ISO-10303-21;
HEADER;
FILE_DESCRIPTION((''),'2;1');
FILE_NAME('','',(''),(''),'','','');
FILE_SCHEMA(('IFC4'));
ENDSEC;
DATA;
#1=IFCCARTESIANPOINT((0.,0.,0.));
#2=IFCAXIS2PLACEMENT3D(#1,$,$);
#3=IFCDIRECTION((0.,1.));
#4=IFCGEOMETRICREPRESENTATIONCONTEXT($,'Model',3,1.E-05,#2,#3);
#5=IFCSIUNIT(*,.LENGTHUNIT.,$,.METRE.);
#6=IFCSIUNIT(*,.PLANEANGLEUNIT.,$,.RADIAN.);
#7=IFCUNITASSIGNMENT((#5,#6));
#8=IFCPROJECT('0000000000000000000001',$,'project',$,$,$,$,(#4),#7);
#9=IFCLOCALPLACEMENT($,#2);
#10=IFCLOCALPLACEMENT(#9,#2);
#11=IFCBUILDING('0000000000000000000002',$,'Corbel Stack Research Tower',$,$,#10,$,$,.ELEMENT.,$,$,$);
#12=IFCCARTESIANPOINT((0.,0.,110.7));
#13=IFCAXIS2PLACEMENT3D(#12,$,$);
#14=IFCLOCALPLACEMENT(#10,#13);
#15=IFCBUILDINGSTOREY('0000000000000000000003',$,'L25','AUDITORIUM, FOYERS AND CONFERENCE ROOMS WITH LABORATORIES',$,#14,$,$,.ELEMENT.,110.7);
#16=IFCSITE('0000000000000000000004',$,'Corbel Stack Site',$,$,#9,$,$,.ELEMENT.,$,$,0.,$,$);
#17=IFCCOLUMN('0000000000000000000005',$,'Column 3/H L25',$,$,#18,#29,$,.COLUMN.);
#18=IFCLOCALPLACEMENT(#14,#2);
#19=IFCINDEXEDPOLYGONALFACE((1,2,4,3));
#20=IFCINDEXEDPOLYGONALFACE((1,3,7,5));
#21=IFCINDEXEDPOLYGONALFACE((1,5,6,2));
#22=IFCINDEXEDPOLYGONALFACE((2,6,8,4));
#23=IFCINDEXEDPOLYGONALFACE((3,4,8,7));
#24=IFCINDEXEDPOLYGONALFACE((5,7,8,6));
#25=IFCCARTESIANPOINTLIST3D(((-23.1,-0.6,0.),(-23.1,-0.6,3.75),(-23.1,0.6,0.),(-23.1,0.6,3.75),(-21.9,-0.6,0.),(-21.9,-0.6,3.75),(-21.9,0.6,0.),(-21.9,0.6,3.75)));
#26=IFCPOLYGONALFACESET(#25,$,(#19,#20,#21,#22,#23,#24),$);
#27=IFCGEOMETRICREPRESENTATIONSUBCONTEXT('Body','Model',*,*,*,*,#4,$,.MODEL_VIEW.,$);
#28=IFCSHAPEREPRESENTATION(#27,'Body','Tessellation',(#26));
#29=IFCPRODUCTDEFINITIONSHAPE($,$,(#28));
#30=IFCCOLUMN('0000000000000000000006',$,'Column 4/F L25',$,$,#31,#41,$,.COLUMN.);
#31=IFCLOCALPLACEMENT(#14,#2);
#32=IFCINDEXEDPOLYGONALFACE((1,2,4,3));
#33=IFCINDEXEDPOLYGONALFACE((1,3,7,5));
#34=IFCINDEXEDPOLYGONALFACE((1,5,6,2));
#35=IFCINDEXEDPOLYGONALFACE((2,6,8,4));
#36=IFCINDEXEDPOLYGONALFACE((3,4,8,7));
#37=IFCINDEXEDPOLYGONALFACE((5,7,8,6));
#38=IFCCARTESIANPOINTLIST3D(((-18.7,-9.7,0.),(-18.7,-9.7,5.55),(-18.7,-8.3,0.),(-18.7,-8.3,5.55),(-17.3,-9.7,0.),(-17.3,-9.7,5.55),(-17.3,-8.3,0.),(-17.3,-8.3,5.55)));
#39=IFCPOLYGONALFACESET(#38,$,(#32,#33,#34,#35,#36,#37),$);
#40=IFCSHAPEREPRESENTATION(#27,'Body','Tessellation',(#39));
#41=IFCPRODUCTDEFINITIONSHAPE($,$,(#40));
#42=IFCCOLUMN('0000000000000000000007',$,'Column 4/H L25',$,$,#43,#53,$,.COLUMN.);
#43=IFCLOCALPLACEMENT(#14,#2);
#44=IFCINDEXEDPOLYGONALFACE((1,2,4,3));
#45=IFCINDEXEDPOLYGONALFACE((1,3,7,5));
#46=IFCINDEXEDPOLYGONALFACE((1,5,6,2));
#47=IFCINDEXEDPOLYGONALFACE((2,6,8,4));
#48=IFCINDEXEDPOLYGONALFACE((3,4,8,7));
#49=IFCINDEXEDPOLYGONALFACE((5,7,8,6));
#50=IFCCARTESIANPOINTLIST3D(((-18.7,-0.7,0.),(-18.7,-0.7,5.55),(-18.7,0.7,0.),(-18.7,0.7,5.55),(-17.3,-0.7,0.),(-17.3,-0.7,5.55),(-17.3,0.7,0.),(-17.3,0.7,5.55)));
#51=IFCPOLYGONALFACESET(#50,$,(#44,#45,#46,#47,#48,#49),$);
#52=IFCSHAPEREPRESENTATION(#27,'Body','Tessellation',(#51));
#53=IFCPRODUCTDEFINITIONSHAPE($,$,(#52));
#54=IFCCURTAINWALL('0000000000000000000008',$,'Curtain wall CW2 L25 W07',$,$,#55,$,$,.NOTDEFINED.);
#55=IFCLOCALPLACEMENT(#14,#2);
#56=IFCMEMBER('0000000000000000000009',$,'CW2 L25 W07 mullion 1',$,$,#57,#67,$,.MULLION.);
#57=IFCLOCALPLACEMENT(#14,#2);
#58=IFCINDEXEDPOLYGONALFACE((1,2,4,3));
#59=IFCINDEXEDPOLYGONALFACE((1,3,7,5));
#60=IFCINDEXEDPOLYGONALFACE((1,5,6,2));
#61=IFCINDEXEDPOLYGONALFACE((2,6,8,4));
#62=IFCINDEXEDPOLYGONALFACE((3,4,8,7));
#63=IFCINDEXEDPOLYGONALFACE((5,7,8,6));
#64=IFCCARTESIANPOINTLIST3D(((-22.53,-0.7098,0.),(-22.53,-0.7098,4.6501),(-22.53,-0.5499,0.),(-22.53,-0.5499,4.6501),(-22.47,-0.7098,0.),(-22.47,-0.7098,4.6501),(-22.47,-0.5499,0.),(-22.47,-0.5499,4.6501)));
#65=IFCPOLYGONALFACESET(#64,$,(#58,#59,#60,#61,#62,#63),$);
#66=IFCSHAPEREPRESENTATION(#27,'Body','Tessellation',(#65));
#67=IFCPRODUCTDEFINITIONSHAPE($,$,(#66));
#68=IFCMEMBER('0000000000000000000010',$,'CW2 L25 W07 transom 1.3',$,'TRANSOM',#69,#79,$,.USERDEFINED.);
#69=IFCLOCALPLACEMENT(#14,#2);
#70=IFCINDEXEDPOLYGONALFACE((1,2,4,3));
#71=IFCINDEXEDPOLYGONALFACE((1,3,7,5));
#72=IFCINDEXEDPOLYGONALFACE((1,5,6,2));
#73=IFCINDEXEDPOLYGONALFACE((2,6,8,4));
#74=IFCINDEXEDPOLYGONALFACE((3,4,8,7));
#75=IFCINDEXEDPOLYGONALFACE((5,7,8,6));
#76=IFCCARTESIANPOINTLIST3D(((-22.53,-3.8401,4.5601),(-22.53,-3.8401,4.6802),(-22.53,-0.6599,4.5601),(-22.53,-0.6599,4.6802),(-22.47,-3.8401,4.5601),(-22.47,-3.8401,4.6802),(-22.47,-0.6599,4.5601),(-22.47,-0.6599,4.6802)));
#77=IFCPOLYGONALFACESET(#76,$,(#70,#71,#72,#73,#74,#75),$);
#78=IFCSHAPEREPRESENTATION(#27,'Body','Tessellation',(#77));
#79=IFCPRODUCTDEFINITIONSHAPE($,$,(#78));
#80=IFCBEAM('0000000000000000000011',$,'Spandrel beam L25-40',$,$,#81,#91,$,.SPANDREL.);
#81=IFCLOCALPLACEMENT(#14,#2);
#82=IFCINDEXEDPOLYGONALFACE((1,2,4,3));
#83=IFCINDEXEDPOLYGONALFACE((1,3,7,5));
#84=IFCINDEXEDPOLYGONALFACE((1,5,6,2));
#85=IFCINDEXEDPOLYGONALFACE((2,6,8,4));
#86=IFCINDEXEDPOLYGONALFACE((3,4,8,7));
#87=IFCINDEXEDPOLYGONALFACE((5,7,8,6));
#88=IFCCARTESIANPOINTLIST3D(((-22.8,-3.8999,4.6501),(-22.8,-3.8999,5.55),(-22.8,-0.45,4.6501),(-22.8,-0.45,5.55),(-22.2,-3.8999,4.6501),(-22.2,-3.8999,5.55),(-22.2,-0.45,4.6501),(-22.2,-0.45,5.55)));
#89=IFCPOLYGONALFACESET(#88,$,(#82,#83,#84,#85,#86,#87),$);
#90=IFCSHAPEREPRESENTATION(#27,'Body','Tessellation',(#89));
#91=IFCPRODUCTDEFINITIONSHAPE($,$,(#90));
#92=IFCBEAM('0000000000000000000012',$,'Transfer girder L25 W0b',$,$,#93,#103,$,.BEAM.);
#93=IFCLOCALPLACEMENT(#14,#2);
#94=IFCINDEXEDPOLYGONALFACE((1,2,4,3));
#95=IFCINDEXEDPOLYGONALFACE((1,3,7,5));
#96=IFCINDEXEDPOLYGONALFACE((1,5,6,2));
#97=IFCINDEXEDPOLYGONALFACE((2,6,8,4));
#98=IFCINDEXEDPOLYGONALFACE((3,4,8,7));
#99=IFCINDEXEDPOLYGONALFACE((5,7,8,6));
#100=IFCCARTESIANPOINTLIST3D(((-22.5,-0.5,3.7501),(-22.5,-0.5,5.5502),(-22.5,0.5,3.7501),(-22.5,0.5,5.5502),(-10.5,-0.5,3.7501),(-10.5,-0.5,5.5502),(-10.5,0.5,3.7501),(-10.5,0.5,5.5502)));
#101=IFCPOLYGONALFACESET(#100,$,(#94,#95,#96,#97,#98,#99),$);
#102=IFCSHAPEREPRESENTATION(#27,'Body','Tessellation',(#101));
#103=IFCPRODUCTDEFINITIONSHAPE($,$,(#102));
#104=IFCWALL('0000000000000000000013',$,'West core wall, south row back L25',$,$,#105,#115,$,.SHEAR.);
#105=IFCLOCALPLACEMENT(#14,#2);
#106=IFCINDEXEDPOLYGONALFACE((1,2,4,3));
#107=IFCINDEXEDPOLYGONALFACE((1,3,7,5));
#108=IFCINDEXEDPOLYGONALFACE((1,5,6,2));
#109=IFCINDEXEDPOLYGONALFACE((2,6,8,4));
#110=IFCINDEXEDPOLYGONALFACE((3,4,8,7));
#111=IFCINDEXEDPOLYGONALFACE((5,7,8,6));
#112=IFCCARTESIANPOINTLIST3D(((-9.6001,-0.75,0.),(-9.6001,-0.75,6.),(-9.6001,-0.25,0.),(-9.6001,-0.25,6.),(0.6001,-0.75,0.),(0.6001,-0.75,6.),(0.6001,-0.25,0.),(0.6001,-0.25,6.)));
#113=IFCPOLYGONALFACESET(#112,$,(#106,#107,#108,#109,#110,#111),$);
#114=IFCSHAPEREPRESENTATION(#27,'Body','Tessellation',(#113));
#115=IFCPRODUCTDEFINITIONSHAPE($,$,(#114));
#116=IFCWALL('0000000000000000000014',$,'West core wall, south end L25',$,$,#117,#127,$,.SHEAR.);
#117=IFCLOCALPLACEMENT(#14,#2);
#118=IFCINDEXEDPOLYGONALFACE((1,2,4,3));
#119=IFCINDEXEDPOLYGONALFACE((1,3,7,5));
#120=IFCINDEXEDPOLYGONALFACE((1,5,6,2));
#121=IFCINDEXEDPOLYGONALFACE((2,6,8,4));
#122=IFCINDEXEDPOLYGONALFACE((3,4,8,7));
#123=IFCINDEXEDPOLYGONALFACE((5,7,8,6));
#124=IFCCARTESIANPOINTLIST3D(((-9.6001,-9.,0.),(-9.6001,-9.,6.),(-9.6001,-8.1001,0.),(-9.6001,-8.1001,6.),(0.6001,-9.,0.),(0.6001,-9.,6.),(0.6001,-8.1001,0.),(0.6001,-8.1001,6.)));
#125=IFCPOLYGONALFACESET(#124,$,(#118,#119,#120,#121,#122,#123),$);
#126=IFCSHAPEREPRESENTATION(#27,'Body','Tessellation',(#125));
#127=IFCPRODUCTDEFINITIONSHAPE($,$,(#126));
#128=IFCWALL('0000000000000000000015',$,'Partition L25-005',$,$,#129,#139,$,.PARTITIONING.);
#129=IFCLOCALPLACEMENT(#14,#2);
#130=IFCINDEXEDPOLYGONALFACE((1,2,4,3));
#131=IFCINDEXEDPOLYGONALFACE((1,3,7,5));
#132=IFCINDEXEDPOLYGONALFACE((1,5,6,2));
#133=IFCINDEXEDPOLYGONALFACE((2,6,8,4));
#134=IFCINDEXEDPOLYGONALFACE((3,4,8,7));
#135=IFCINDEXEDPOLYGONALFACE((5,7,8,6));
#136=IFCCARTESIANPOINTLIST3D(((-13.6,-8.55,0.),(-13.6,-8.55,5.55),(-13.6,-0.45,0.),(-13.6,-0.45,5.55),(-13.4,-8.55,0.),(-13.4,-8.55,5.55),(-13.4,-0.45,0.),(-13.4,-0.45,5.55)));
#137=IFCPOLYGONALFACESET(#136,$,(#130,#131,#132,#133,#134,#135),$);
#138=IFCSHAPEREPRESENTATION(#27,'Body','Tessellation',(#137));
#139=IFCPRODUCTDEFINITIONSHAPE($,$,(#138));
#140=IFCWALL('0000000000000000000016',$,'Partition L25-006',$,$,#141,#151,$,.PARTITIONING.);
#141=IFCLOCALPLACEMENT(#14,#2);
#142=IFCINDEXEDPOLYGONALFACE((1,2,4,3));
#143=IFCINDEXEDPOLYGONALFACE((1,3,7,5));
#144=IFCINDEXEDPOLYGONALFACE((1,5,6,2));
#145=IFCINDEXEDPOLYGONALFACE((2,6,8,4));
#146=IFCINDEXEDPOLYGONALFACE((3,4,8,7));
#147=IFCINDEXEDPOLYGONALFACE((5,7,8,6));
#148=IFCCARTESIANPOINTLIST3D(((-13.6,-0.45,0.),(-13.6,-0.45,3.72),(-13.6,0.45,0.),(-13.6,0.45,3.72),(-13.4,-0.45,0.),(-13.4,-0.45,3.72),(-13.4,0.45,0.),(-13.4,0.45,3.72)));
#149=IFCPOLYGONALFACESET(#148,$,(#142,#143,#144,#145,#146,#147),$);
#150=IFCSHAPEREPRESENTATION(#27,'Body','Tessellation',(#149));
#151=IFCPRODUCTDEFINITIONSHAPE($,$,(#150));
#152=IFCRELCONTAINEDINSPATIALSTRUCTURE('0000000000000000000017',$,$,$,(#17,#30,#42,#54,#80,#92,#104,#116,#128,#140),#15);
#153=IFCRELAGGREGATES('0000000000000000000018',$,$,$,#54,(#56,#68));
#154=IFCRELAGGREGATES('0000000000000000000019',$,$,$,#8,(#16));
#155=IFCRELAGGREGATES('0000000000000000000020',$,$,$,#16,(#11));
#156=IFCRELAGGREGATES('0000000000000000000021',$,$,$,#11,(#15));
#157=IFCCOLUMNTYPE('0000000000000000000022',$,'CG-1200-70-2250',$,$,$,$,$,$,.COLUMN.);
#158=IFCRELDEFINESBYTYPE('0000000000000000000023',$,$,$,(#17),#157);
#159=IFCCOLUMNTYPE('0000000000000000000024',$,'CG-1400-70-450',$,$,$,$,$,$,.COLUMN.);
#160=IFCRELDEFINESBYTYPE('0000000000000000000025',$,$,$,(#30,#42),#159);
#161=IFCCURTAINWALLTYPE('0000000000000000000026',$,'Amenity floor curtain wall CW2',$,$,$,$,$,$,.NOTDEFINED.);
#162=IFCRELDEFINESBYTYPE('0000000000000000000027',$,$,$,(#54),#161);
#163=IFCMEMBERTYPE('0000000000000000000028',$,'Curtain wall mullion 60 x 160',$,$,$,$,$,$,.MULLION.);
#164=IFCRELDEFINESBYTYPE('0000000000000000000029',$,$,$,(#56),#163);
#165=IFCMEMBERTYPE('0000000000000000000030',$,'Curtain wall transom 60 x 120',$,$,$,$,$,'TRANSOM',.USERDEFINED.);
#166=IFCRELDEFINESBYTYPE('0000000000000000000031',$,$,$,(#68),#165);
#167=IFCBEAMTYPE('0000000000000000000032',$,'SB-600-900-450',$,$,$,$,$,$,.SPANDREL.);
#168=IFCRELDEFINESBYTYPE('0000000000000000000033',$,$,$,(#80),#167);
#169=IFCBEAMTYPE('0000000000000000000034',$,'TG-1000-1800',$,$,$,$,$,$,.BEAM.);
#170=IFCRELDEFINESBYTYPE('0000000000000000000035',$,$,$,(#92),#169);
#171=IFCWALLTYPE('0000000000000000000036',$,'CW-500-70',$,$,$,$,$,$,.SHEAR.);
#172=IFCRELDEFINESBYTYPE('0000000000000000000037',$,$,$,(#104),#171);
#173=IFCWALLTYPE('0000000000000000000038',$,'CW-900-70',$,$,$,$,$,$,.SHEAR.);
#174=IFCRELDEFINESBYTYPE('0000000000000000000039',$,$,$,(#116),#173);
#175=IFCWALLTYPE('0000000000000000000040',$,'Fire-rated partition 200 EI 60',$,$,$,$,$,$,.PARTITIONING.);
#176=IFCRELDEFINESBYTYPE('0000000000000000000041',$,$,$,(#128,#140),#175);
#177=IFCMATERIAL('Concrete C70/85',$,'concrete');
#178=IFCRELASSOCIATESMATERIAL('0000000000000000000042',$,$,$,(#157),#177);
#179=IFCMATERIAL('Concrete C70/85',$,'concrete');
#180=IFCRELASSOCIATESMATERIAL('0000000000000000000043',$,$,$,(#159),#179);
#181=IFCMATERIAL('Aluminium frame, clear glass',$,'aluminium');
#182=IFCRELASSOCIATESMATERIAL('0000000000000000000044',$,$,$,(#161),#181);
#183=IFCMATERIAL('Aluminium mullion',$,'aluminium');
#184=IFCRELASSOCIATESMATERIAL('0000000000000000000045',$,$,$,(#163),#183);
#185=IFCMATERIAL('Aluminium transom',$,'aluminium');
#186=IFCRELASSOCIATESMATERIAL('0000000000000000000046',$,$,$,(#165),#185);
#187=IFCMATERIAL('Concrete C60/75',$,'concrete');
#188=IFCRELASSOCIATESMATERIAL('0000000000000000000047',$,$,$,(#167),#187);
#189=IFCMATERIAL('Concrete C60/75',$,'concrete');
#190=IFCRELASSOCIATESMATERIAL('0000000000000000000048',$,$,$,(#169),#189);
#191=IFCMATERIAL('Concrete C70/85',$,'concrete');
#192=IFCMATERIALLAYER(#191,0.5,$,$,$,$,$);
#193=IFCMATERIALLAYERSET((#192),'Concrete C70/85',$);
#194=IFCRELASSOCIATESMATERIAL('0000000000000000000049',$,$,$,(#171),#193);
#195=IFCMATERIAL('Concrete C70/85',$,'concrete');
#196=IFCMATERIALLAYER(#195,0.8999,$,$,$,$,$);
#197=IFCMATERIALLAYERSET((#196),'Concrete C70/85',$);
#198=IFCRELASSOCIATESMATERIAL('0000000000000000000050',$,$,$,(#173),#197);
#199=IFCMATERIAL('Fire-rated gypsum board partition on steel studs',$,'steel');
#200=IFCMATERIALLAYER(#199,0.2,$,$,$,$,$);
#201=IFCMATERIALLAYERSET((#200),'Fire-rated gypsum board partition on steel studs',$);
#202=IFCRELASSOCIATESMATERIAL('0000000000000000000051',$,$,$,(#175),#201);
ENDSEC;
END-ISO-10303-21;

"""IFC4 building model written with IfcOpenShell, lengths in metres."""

from ifc_helpers import new_model, si_unit, direction, frame, frame_2d, origin, origin_2d, place, context, subcontext, project, spatial, rectangle, extrude, material, layer, layer_set, material_profile, profile_set, type_object, element, aggregate, save


model = new_model("IFC4")

# Units and contexts
model_context = context("Model", 3, precision=1e-05, world=origin(), true_north=direction((0.0, 1.0)))
body_context = subcontext(model_context, "Body", "Model", "MODEL_VIEW")
ifc_project = project(units=[si_unit("LENGTHUNIT", "METRE"), si_unit("PLANEANGLEUNIT", "RADIAN")], contexts=[model_context])

# Site, building, storey
site_placement = place(None, origin())
site = spatial("IfcSite", under=ifc_project, at=site_placement, Name="Corbel Stack Site", CompositionType="ELEMENT", RefElevation=0.0)
building_placement = place(site_placement, origin())
building = spatial("IfcBuilding", under=site, at=building_placement, Name="Corbel Stack Research Tower", CompositionType="ELEMENT")
storey_placement = place(building_placement, frame((0.0, 0.0, 110.7)))
storey = spatial("IfcBuildingStorey", under=building, at=storey_placement, Name="L25", Description="AUDITORIUM, FOYERS AND CONFERENCE ROOMS WITH LABORATORIES", CompositionType="ELEMENT", Elevation=110.7)

# Columns
ifc_material_1 = material(Name="Concrete C70/85", Category="concrete")
ifc_material_profile_1 = material_profile(ifc_material_1, rectangle(XDim=1.2, YDim=1.2, at=origin_2d()), Name="RC 1200 x 1200")
ifc_profile_set_1 = profile_set([ifc_material_profile_1], Name="Concrete C70/85")
column_type_1 = type_object("IfcColumnType", Name="CG-1200-70-2250", PredefinedType="COLUMN", material=ifc_profile_set_1)
column_placement = place(storey_placement, frame((-22.5, 0.0, 0.0), z_axis=(0.0, 0.0, 1.0), x_axis=(1.0, 0.0, 0.0)))
element("IfcColumn", 1, at=column_placement, inside=storey, type_object=column_type_1, Name="Column 3/H L25", PredefinedType="COLUMN", context=body_context, shape_type="SweptSolid", body=[
    extrude(rectangle(XDim=1.2, YDim=1.2, at=origin_2d()), origin(), (0.0, 0.0, 1.0), 3.75),
])
ifc_material_2 = material(Name="Concrete C70/85", Category="concrete")
ifc_material_profile_2 = material_profile(ifc_material_2, rectangle(XDim=1.3999, YDim=1.3999, at=origin_2d()), Name="RC 1400 x 1400")
ifc_profile_set_2 = profile_set([ifc_material_profile_2], Name="Concrete C70/85")
column_type_2 = type_object("IfcColumnType", Name="CG-1400-70-450", PredefinedType="COLUMN", material=ifc_profile_set_2)
for number, where, z_axis, x_axis, name in (
    (2, (-18.0, -9.0, 0.0), (0.0, 0.0, 1.0), (1.0, 0.0, 0.0), "Column 4/F L25"),
    (3, (-18.0, 0.0, 0.0), (0.0, 0.0, 1.0), (1.0, 0.0, 0.0), "Column 4/H L25"),
):
    element("IfcColumn", number, at=place(storey_placement, frame(where, z_axis=z_axis, x_axis=x_axis)), inside=storey, type_object=column_type_2, Name=name, PredefinedType="COLUMN", context=body_context, shape_type="SweptSolid", body=[
        extrude(rectangle(XDim=1.3999, YDim=1.3999, at=origin_2d()), origin(), (0.0, 0.0, 1.0), 5.55),
    ])

# Curtain wall, members
ifc_material_3 = material(Name="Aluminium frame, clear glass", Category="aluminium")
curtain_wall_type = type_object("IfcCurtainWallType", Name="Amenity floor curtain wall CW2", PredefinedType="NOTDEFINED", material=ifc_material_3)
curtain_wall_placement = place(storey_placement, origin())
curtain_wall = element("IfcCurtainWall", 4, at=curtain_wall_placement, inside=storey, type_object=curtain_wall_type, Name="Curtain wall CW2 L25 W07", PredefinedType="NOTDEFINED")
ifc_material_4 = material(Name="Aluminium mullion", Category="aluminium")
ifc_material_profile_3 = material_profile(ifc_material_4, rectangle(XDim=0.0601, YDim=0.1599, at=origin_2d()), Name="Mullion 60 x 160")
ifc_profile_set_3 = profile_set([ifc_material_profile_3], Name="Aluminium mullion")
member_type_1 = type_object("IfcMemberType", Name="Curtain wall mullion 60 x 160", PredefinedType="MULLION", material=ifc_profile_set_3)
member_1_placement = place(storey_placement, frame((-22.5, -0.6299, 0.0), z_axis=(0.0, 0.0, 1.0), x_axis=(1.0, 0.0, 0.0)))
member_1 = element("IfcMember", 5, at=member_1_placement, type_object=member_type_1, Name="CW2 L25 W07 mullion 1", PredefinedType="MULLION", context=body_context, shape_type="SweptSolid", body=[
    extrude(rectangle(XDim=0.0601, YDim=0.1599, at=origin_2d()), origin(), (0.0, 0.0, 1.0), 4.6501),
])
ifc_material_5 = material(Name="Aluminium transom", Category="aluminium")
ifc_material_profile_4 = material_profile(ifc_material_5, rectangle(XDim=0.0601, YDim=0.1201, at=origin_2d()), Name="Transom 60 x 120")
ifc_profile_set_4 = profile_set([ifc_material_profile_4], Name="Aluminium transom")
member_type_2 = type_object("IfcMemberType", Name="Curtain wall transom 60 x 120", ElementType="TRANSOM", PredefinedType="USERDEFINED", material=ifc_profile_set_4)
member_2_placement = place(storey_placement, frame((-22.5, -0.6599, 4.6201), z_axis=(0.0, -1.0, 0.0), x_axis=(1.0, 0.0, 0.0)))
member_2 = element("IfcMember", 6, at=member_2_placement, type_object=member_type_2, Name="CW2 L25 W07 transom 1.3", ObjectType="TRANSOM", PredefinedType="USERDEFINED", context=body_context, shape_type="SweptSolid", body=[
    extrude(rectangle(XDim=0.0601, YDim=0.1201, at=origin_2d()), origin(), (0.0, 0.0, 1.0), 3.1802),
])
aggregate(curtain_wall, [member_1, member_2])

# Beams
ifc_material_6 = material(Name="Concrete C60/75", Category="concrete")
ifc_material_profile_5 = material_profile(ifc_material_6, rectangle(XDim=0.6001, YDim=0.8999, at=origin_2d()), Name="RC 600 x 900")
ifc_profile_set_5 = profile_set([ifc_material_profile_5], Name="Concrete C60/75")
beam_type_1 = type_object("IfcBeamType", Name="SB-600-900-450", PredefinedType="SPANDREL", material=ifc_profile_set_5)
beam_1_placement = place(storey_placement, frame((-22.5, -0.45, 5.1001), z_axis=(0.0, -1.0, 0.0), x_axis=(1.0, 0.0, 0.0)))
element("IfcBeam", 7, at=beam_1_placement, inside=storey, type_object=beam_type_1, Name="Spandrel beam L25-40", PredefinedType="SPANDREL", context=body_context, shape_type="SweptSolid", body=[
    extrude(rectangle(XDim=0.6001, YDim=0.8999, at=origin_2d()), origin(), (0.0, 0.0, 1.0), 3.45),
])
ifc_material_7 = material(Name="Concrete C60/75", Category="concrete")
ifc_material_profile_6 = material_profile(ifc_material_7, rectangle(XDim=1.0, YDim=1.8, at=origin_2d()), Name="RC 1000 x 1800")
ifc_profile_set_6 = profile_set([ifc_material_profile_6], Name="Concrete C60/75")
beam_type_2 = type_object("IfcBeamType", Name="TG-1000-1800", PredefinedType="BEAM", material=ifc_profile_set_6)
beam_2_placement = place(storey_placement, frame((-22.5, 0.0, 4.6501), z_axis=(1.0, 0.0, 0.0), x_axis=(0.0, 1.0, 0.0)))
element("IfcBeam", 8, at=beam_2_placement, inside=storey, type_object=beam_type_2, Name="Transfer girder L25 W0b", PredefinedType="BEAM", context=body_context, shape_type="SweptSolid", body=[
    extrude(rectangle(XDim=1.0, YDim=1.8, at=origin_2d()), origin(), (0.0, 0.0, 1.0), 12.0),
])

# Wall
ifc_material_8 = material(Name="Concrete C70/85", Category="concrete")
ifc_layer_1 = layer(ifc_material_8, 0.5)
ifc_layer_set_1 = layer_set([ifc_layer_1], Name="Concrete C70/85")
wall_type_1 = type_object("IfcWallType", Name="CW-500-70", PredefinedType="SHEAR", material=ifc_layer_set_1)
wall_1_placement = place(storey_placement, frame((-9.6001, -0.5, 0.0), z_axis=(0.0, 0.0, 1.0), x_axis=(1.0, 0.0, 0.0)))
element("IfcWall", 9, at=wall_1_placement, inside=storey, type_object=wall_type_1, Name="West core wall, south row back L25", PredefinedType="SHEAR", context=body_context, shape_type="SweptSolid", body=[
    extrude(rectangle(XDim=10.2002, YDim=0.5, at=frame_2d((5.1001, 0.0))), origin(), (0.0, 0.0, 1.0), 6.0),
])

# Shared definitions
ifc_material_9 = material(Name="Concrete C70/85", Category="concrete")
ifc_layer_2 = layer(ifc_material_9, 0.8999)
ifc_layer_set_2 = layer_set([ifc_layer_2], Name="Concrete C70/85")
wall_type_2 = type_object("IfcWallType", Name="CW-900-70", PredefinedType="SHEAR", material=ifc_layer_set_2)

# Walls
wall_2_placement = place(storey_placement, frame((-9.6001, -8.55, 0.0), z_axis=(0.0, 0.0, 1.0), x_axis=(1.0, 0.0, 0.0)))
element("IfcWall", 10, at=wall_2_placement, inside=storey, type_object=wall_type_2, Name="West core wall, south end L25", PredefinedType="SHEAR", context=body_context, shape_type="SweptSolid", body=[
    extrude(rectangle(XDim=10.2002, YDim=0.8999, at=frame_2d((5.1001, 0.0))), origin(), (0.0, 0.0, 1.0), 6.0),
])
ifc_material_10 = material(Name="Fire-rated gypsum board partition on steel studs", Category="steel")
ifc_layer_3 = layer(ifc_material_10, 0.2)
ifc_layer_set_3 = layer_set([ifc_layer_3], Name="Fire-rated gypsum board partition on steel studs")
wall_type_3 = type_object("IfcWallType", Name="Fire-rated partition 200 EI 60", PredefinedType="PARTITIONING", material=ifc_layer_set_3)
wall_3_placement = place(storey_placement, frame((-13.5, -8.55, 0.0), z_axis=(0.0, 0.0, 1.0), x_axis=(0.0, 1.0, 0.0)))
element("IfcWall", 11, at=wall_3_placement, inside=storey, type_object=wall_type_3, Name="Partition L25-005", PredefinedType="PARTITIONING", context=body_context, shape_type="SweptSolid", body=[
    extrude(rectangle(XDim=8.1001, YDim=0.2, at=frame_2d((4.05, 0.0))), origin(), (0.0, 0.0, 1.0), 5.55),
])
wall_4_placement = place(storey_placement, frame((-13.5, -0.45, 0.0), z_axis=(0.0, 0.0, 1.0), x_axis=(0.0, 1.0, 0.0)))
element("IfcWall", 12, at=wall_4_placement, inside=storey, type_object=wall_type_3, Name="Partition L25-006", PredefinedType="PARTITIONING", context=body_context, shape_type="SweptSolid", body=[
    extrude(rectangle(XDim=0.8999, YDim=0.2, at=frame_2d((0.45, 0.0))), origin(), (0.0, 0.0, 1.0), 3.72),
])

save(model, "model.ifc")
